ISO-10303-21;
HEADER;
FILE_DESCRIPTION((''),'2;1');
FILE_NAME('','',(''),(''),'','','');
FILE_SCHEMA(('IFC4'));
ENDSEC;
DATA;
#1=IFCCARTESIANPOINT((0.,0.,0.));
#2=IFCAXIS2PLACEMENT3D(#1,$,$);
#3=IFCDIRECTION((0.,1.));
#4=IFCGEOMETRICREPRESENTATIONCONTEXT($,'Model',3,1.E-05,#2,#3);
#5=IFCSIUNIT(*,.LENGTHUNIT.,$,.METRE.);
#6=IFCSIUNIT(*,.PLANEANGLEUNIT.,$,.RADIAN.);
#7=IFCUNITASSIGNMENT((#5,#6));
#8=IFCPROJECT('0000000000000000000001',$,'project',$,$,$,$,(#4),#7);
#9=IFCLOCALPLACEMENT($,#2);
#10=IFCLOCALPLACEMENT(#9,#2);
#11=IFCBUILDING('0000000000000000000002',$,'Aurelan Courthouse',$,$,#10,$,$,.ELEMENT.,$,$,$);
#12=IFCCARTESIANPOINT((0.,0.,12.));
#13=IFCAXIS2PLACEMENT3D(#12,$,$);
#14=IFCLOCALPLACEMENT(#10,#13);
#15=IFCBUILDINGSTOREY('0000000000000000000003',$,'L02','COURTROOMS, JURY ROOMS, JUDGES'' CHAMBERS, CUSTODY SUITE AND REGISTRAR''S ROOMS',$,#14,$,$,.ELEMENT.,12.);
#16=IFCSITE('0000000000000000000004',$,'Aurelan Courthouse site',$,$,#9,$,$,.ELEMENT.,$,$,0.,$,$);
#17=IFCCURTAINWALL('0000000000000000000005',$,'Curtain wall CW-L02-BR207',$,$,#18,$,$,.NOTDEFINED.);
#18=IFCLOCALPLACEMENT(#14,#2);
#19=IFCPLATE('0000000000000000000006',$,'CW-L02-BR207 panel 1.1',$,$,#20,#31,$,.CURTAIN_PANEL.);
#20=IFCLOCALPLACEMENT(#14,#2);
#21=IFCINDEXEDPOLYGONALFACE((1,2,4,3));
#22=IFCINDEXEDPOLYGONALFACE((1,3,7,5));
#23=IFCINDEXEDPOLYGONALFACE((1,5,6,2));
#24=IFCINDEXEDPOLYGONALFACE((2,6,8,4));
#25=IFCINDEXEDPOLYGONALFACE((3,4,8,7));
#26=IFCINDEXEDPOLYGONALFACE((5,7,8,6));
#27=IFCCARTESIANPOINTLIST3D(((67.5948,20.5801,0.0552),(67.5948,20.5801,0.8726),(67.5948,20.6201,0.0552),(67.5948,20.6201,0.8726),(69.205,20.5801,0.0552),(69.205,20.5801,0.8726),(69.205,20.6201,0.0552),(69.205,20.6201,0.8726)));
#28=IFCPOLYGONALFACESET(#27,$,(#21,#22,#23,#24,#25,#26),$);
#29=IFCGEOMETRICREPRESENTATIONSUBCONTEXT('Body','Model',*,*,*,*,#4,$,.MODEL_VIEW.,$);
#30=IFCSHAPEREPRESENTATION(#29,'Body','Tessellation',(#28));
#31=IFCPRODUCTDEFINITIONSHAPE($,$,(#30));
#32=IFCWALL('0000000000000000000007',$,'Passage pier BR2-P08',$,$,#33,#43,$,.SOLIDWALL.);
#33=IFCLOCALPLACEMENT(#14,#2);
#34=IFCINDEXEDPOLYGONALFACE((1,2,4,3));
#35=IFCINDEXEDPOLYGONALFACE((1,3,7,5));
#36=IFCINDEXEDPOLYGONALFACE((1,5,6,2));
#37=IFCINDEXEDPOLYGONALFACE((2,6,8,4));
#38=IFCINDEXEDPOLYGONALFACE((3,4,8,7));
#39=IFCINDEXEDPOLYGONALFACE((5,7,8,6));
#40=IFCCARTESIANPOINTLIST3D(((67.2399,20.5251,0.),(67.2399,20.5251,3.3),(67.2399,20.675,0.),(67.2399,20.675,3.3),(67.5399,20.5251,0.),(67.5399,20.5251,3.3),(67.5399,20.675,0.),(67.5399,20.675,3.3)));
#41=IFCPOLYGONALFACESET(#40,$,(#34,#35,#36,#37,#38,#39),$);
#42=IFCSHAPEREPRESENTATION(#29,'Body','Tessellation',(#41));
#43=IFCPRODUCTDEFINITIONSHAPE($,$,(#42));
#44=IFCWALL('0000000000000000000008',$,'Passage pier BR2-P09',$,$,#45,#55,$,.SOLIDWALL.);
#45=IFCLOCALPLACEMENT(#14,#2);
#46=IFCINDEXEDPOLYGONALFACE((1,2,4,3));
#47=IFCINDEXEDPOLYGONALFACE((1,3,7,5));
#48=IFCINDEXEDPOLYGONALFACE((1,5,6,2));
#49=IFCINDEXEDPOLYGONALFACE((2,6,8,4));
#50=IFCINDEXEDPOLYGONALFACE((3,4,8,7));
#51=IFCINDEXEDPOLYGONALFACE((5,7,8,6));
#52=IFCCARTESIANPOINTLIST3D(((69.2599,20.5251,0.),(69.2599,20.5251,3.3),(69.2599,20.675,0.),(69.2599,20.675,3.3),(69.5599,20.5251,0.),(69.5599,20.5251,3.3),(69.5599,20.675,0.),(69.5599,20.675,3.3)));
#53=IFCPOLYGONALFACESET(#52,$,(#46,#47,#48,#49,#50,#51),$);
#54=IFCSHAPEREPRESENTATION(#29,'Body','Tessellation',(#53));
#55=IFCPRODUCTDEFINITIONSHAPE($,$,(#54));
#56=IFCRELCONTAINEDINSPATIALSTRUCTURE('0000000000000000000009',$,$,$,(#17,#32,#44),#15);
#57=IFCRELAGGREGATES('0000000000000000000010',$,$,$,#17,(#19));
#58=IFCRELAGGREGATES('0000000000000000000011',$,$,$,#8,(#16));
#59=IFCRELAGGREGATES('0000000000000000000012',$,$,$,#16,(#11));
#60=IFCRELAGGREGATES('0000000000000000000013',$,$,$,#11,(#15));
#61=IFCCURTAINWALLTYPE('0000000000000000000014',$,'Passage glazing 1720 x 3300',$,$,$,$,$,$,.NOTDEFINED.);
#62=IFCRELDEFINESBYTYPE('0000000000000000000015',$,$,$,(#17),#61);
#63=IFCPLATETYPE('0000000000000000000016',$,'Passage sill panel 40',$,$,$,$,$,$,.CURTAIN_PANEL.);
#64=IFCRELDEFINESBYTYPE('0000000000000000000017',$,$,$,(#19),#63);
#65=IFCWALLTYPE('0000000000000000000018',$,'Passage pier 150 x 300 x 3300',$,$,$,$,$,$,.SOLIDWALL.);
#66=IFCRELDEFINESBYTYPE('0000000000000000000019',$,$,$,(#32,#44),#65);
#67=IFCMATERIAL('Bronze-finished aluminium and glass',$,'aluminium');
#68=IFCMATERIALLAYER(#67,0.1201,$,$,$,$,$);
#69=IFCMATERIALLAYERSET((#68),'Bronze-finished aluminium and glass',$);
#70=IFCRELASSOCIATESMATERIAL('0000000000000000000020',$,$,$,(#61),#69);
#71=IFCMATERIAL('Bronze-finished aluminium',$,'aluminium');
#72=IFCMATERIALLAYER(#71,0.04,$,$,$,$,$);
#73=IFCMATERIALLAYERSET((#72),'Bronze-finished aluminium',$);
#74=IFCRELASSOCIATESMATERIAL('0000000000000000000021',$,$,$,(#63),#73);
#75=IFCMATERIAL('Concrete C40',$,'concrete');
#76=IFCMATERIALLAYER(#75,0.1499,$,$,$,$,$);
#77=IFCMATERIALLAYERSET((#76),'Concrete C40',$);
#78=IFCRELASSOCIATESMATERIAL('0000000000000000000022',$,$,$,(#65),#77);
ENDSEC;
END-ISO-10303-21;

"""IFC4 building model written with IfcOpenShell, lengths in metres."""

from ifc_helpers import new_model, si_unit, direction, frame, frame_2d, origin, origin_2d, place, context, subcontext, project, spatial, rectangle, extrude, material, layer, layer_set, type_object, element, aggregate, save


model = new_model("IFC4")

# Units and contexts
model_context = context("Model", 3, precision=1e-05, world=origin(), true_north=direction((0.0, 1.0)))
body_context = subcontext(model_context, "Body", "Model", "MODEL_VIEW")
ifc_project = project(units=[si_unit("LENGTHUNIT", "METRE"), si_unit("PLANEANGLEUNIT", "RADIAN")], contexts=[model_context])

# Site, building, storey
site_placement = place(None, origin())
site = spatial("IfcSite", under=ifc_project, at=site_placement, Name="Aurelan Courthouse site", CompositionType="ELEMENT", RefElevation=0.0)
building_placement = place(site_placement, origin())
building = spatial("IfcBuilding", under=site, at=building_placement, Name="Aurelan Courthouse", CompositionType="ELEMENT")
storey_placement = place(building_placement, frame((0.0, 0.0, 12.0)))
storey = spatial("IfcBuildingStorey", under=building, at=storey_placement, Name="L02", Description="COURTROOMS, JURY ROOMS, JUDGES' CHAMBERS, CUSTODY SUITE AND REGISTRAR'S ROOMS", CompositionType="ELEMENT", Elevation=12.0)

# Shared definitions
ifc_material_1 = material(Name="Bronze-finished aluminium and glass", Category="aluminium")
ifc_layer_1 = layer(ifc_material_1, 0.1201)
ifc_layer_set_1 = layer_set([ifc_layer_1], Name="Bronze-finished aluminium and glass")
curtain_wall_type_1 = type_object("IfcCurtainWallType", Name="Passage glazing 1720 x 3300", PredefinedType="NOTDEFINED", material=ifc_layer_set_1)
ifc_material_2 = material(Name="Bronze-finished aluminium", Category="aluminium")

# Curtain wall
curtain_wall_1_placement = place(storey_placement, origin())
curtain_wall_1 = element("IfcCurtainWall", 1, at=curtain_wall_1_placement, inside=storey, type_object=curtain_wall_type_1, Name="Curtain wall CW-L02-BR207", PredefinedType="NOTDEFINED")

# Plate
ifc_layer_2 = layer(ifc_material_2, 0.04)
ifc_layer_set_2 = layer_set([ifc_layer_2], Name="Bronze-finished aluminium")
plate_type_1 = type_object("IfcPlateType", Name="Passage sill panel 40", PredefinedType="CURTAIN_PANEL", material=ifc_layer_set_2)
plate_1_placement = place(storey_placement, frame((68.3999, 20.6001, 0.0552), z_axis=(0.0, 0.0, 1.0), x_axis=(1.0, 0.0, 0.0)))
plate_1 = element("IfcPlate", 2, at=plate_1_placement, type_object=plate_type_1, Name="CW-L02-BR207 panel 1.1", PredefinedType="CURTAIN_PANEL", context=body_context, shape_type="SweptSolid", body=[
    extrude(rectangle(XDim=1.6101, YDim=0.04, at=origin_2d()), origin(), (0.0, 0.0, 1.0), 0.8174),
])
aggregate(curtain_wall_1, [plate_1])

# Walls
ifc_material_3 = material(Name="Concrete C40", Category="concrete")
ifc_layer_3 = layer(ifc_material_3, 0.1499)
ifc_layer_set_3 = layer_set([ifc_layer_3], Name="Concrete C40")
wall_type = type_object("IfcWallType", Name="Passage pier 150 x 300 x 3300", PredefinedType="SOLIDWALL", material=ifc_layer_set_3)
for number, where, z_axis, x_axis, name in (
    (3, (67.24, 20.6001, 0.0), (0.0, 0.0, 1.0), (1.0, 0.0, 0.0), "Passage pier BR2-P08"),
    (4, (69.26, 20.6001, 0.0), (0.0, 0.0, 1.0), (1.0, 0.0, 0.0), "Passage pier BR2-P09"),
):
    element("IfcWall", number, at=place(storey_placement, frame(where, z_axis=z_axis, x_axis=x_axis)), inside=storey, type_object=wall_type, Name=name, PredefinedType="SOLIDWALL", context=body_context, shape_type="SweptSolid", body=[
        extrude(rectangle(XDim=0.3, YDim=0.1499, at=frame_2d((0.1499, 0.0))), origin(), (0.0, 0.0, 1.0), 3.3),
    ])

save(model, "model.ifc")
